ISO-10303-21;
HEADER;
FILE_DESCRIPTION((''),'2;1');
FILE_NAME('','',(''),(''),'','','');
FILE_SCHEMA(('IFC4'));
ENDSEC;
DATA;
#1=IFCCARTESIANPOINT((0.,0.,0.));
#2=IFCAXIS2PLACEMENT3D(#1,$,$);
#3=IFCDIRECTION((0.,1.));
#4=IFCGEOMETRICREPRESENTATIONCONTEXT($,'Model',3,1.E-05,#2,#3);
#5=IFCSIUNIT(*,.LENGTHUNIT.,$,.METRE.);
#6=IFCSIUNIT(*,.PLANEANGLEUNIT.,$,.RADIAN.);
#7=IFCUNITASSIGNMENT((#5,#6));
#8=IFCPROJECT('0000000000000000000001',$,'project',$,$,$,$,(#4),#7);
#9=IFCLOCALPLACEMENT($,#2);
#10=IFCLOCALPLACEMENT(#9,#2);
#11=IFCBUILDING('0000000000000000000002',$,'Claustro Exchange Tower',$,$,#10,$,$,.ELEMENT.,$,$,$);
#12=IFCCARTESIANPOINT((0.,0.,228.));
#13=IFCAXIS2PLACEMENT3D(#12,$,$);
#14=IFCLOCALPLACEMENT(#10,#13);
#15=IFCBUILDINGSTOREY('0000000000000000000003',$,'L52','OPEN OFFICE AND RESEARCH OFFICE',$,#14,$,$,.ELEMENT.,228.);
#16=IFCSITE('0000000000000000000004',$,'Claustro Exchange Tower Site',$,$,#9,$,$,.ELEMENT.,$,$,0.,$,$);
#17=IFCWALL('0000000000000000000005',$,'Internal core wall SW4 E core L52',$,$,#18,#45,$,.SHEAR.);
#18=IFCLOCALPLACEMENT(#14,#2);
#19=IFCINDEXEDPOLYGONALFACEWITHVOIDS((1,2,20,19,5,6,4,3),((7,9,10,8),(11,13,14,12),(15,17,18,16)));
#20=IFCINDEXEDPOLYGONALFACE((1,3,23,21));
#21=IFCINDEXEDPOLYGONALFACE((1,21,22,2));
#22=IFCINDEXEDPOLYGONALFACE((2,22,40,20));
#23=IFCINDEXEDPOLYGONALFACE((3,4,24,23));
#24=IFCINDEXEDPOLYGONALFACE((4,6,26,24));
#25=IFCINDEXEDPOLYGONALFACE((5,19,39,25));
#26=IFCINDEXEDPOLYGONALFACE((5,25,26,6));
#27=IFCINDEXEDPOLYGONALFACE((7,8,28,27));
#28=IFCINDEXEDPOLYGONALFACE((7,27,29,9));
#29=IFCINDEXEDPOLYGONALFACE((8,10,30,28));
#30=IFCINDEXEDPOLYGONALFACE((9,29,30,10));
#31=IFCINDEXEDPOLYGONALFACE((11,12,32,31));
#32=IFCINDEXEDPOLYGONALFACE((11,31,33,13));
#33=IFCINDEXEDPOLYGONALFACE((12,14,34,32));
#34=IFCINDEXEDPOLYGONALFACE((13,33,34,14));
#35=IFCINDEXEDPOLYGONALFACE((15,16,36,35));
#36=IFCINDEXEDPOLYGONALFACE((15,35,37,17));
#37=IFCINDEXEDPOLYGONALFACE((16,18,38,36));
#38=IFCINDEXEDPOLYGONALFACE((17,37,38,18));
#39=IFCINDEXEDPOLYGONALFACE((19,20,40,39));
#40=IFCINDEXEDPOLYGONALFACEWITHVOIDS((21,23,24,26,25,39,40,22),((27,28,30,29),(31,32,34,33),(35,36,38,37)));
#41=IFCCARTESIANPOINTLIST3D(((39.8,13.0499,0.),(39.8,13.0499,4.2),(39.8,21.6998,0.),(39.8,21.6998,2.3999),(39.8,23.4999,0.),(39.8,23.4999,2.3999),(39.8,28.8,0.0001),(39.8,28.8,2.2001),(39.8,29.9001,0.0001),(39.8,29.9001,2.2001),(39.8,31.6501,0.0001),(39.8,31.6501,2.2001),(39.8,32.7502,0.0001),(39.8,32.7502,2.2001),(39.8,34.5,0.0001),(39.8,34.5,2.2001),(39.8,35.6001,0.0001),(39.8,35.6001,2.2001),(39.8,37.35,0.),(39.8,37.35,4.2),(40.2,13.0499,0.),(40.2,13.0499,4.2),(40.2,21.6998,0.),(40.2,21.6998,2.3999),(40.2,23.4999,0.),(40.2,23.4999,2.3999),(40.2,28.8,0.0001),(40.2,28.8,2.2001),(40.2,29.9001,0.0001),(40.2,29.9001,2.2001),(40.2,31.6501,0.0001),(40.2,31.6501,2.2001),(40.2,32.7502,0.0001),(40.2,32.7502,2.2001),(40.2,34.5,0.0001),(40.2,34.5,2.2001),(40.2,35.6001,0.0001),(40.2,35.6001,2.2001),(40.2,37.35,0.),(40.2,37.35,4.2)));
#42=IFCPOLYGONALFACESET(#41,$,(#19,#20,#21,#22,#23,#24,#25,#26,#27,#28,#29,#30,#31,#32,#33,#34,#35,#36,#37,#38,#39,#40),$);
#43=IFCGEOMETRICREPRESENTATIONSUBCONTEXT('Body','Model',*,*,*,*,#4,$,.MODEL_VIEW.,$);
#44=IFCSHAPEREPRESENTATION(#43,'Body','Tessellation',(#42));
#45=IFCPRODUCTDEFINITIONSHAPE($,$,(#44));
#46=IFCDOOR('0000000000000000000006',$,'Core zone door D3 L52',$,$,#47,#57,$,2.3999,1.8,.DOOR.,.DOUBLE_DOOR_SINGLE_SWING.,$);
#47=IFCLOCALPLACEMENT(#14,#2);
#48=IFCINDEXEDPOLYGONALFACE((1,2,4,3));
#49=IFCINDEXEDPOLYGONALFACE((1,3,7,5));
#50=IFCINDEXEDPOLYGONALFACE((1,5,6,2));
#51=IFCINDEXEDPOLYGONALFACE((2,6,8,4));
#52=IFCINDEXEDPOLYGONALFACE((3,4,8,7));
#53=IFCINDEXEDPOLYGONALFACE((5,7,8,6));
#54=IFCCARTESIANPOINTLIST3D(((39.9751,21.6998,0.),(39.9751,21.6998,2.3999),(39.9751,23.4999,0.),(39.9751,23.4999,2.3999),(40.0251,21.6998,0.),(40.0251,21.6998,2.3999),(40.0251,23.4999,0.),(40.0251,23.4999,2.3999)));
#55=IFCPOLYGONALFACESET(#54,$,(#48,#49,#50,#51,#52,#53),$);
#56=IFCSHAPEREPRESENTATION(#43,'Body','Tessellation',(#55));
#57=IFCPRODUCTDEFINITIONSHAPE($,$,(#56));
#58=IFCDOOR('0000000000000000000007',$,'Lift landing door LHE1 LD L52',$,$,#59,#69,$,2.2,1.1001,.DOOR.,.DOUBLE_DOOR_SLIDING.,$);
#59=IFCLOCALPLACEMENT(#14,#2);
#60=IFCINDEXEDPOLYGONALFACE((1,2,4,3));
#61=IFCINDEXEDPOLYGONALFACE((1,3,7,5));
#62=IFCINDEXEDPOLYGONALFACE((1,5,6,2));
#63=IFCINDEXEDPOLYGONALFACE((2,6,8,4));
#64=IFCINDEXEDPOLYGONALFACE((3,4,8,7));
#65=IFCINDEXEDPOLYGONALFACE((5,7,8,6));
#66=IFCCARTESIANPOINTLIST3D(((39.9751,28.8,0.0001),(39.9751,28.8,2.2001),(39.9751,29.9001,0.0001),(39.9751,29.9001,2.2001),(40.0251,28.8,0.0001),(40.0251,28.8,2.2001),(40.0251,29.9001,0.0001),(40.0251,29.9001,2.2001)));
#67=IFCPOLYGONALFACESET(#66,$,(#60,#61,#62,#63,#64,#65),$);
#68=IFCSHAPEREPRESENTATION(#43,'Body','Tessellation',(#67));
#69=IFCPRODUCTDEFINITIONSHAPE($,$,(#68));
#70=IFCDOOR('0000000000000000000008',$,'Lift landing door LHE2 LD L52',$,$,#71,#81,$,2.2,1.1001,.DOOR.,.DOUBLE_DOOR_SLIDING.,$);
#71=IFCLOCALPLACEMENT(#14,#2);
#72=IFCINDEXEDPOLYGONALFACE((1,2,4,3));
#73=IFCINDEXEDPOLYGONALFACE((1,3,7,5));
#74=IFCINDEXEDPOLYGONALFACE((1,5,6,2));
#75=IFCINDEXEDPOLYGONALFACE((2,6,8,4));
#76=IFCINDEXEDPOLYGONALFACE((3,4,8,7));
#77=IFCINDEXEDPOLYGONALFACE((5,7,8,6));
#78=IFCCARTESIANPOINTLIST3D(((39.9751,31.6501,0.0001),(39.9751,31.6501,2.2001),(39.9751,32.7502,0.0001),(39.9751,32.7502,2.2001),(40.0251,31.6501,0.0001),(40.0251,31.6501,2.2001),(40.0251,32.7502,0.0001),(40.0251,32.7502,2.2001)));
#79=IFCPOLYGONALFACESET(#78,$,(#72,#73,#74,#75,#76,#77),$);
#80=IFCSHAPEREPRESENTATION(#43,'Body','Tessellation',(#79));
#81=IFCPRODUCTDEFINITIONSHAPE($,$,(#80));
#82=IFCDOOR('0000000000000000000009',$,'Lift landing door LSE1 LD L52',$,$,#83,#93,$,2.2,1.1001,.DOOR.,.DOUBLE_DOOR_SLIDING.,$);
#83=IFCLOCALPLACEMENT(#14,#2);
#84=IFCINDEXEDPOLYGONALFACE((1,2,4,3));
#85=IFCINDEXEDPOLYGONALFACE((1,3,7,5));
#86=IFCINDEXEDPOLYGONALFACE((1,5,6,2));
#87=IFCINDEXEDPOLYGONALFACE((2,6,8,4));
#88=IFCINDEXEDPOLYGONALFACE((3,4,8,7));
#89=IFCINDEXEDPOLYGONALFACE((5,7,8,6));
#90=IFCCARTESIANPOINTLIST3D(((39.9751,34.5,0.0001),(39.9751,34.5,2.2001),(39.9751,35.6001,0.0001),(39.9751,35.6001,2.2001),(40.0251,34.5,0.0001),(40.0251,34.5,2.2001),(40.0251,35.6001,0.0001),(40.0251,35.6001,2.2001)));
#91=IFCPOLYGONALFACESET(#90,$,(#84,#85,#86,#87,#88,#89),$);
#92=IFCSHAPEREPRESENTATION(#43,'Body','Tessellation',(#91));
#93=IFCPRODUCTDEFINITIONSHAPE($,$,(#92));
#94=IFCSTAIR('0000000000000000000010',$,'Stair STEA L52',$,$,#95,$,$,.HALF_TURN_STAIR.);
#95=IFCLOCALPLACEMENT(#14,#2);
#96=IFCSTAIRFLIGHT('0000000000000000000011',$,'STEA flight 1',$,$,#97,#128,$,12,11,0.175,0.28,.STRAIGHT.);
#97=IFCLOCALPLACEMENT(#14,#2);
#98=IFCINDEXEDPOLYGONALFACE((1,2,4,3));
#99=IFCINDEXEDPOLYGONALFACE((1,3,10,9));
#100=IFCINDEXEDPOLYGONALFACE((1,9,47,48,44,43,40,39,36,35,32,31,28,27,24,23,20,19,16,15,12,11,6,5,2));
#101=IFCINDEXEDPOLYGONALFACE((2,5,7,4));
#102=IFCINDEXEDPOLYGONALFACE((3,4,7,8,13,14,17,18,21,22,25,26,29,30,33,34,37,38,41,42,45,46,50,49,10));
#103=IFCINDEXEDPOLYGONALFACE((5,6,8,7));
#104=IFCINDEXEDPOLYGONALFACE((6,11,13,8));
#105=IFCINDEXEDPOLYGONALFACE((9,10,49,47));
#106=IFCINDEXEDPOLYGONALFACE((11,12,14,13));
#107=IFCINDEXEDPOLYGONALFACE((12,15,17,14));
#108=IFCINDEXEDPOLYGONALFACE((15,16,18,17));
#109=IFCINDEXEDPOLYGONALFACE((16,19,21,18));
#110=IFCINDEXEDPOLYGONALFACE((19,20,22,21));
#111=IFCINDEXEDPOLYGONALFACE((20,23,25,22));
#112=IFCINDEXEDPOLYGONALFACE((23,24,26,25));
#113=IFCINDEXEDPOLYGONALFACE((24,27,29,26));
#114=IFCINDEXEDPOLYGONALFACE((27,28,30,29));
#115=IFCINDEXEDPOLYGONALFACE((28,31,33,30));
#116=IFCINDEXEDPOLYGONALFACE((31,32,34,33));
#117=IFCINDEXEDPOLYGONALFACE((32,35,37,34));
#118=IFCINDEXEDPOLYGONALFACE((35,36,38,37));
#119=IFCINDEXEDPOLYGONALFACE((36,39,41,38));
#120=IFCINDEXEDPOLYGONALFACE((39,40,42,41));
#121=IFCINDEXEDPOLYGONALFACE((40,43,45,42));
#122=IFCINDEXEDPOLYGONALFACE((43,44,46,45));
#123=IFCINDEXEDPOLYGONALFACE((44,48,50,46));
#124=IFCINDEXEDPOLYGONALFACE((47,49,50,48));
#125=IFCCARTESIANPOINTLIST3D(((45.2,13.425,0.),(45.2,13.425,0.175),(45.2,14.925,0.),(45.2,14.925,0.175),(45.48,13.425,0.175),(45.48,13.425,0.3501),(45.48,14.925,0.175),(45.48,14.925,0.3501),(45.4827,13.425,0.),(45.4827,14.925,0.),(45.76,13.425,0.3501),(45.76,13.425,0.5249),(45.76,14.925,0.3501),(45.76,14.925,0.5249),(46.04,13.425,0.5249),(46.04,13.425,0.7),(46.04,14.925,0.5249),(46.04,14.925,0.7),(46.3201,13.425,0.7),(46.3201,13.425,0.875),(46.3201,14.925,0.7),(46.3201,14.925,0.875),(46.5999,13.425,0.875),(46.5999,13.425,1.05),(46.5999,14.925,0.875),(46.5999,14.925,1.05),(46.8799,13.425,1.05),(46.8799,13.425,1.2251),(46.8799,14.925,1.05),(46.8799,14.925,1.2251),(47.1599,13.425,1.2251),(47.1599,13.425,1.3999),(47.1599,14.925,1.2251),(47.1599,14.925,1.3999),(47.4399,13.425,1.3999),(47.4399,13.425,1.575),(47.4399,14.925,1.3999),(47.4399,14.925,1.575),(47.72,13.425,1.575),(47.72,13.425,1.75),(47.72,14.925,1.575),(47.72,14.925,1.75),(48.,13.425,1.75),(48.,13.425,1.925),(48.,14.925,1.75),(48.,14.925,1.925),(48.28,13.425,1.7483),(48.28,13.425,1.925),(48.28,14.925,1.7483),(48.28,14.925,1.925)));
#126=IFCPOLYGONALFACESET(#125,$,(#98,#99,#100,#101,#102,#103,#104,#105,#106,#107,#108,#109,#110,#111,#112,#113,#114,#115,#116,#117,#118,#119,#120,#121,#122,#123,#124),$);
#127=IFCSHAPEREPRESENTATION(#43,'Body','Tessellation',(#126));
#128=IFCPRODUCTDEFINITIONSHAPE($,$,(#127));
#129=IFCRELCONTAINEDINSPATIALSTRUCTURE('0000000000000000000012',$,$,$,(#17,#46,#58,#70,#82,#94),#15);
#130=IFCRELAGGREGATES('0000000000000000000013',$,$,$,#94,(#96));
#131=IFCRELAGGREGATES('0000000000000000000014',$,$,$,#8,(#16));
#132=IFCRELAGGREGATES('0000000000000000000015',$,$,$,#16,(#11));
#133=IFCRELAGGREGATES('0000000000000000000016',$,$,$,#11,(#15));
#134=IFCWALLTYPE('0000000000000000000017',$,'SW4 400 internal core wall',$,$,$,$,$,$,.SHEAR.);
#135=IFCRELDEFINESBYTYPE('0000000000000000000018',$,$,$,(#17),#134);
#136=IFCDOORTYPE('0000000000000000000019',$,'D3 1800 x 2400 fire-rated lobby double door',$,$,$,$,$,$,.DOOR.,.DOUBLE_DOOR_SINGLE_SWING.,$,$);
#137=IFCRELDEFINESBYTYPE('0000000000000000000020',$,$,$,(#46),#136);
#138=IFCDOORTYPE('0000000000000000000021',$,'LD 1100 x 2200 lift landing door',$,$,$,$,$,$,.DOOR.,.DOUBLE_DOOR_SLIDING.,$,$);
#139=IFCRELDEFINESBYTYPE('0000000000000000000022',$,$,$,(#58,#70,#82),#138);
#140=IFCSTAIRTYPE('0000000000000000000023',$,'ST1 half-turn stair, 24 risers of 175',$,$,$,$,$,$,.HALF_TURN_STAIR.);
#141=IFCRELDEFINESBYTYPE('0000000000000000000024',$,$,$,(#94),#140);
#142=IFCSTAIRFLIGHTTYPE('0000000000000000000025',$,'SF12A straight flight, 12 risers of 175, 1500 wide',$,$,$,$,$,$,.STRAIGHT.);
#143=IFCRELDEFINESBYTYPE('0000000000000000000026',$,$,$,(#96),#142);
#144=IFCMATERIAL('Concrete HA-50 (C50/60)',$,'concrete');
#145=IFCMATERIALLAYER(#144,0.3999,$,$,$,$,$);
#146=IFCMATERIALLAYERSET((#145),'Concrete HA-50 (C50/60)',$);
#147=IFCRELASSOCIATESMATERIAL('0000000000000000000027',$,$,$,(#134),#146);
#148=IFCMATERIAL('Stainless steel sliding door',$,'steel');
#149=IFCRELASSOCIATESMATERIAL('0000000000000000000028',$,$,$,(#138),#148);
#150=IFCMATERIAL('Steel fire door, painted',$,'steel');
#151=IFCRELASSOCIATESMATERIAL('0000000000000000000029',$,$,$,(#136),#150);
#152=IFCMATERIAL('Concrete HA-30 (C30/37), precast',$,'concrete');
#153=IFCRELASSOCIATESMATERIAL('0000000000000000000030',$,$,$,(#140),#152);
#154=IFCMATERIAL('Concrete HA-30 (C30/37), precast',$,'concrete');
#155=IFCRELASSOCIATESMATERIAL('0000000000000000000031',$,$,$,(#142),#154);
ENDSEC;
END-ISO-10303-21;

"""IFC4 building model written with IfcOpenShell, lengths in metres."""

from ifc_helpers import new_model, si_unit, direction, frame, frame_2d, origin, place, context, subcontext, project, spatial, polyline, rectangle, outline, extrude, material, layer, layer_set, type_object, element, fill, aggregate, save


model = new_model("IFC4")

# Units and contexts
model_context = context("Model", 3, precision=1e-05, world=origin(), true_north=direction((0.0, 1.0)))
body_context = subcontext(model_context, "Body", "Model", "MODEL_VIEW")
ifc_project = project(units=[si_unit("LENGTHUNIT", "METRE"), si_unit("PLANEANGLEUNIT", "RADIAN")], contexts=[model_context])

# Site, building, storey
site_placement = place(None, origin())
site = spatial("IfcSite", under=ifc_project, at=site_placement, Name="Claustro Exchange Tower Site", CompositionType="ELEMENT", RefElevation=0.0)
building_placement = place(site_placement, origin())
building = spatial("IfcBuilding", under=site, at=building_placement, Name="Claustro Exchange Tower", CompositionType="ELEMENT")
storey_placement = place(building_placement, frame((0.0, 0.0, 228.0)))
storey = spatial("IfcBuildingStorey", under=building, at=storey_placement, Name="L52", Description="OPEN OFFICE AND RESEARCH OFFICE", CompositionType="ELEMENT", Elevation=228.0)

# Wall, openings, doors
ifc_material_1 = material(Name="Concrete HA-50 (C50/60)", Category="concrete")
ifc_layer_1 = layer(ifc_material_1, 0.3999)
ifc_layer_set_1 = layer_set([ifc_layer_1], Name="Concrete HA-50 (C50/60)")
wall_type_1 = type_object("IfcWallType", Name="SW4 400 internal core wall", PredefinedType="SHEAR", material=ifc_layer_set_1)
ifc_material_2 = material(Name="Stainless steel sliding door", Category="steel")
door_type_1 = type_object("IfcDoorType", Name="LD 1100 x 2200 lift landing door", OperationType="DOUBLE_DOOR_SLIDING", PredefinedType="DOOR", material=ifc_material_2)
wall_1_placement = place(storey_placement, frame((40.0, 13.05, 0.0), z_axis=(0.0, 0.0, 1.0), x_axis=(0.0, 1.0, 0.0)))
wall_1 = element("IfcWall", 1, at=wall_1_placement, inside=storey, type_object=wall_type_1, Name="Internal core wall SW4 E core L52", PredefinedType="SHEAR", context=body_context, shape_type="SweptSolid", body=[
    extrude(rectangle(XDim=24.3, YDim=0.3999, at=frame_2d((12.1499, 0.0))), origin(), (0.0, 0.0, 1.0), 4.2),
])
opening_1_placement = place(wall_1_placement, frame((15.75, 0.0, 0.0)))
opening_1 = element("IfcOpeningElement", 2, at=opening_1_placement, cuts=wall_1, PredefinedType="OPENING", context=body_context, shape_type="SweptSolid", body=[
    extrude(rectangle(XDim=1.1001, YDim=2.2, at=frame_2d((0.55, 1.1001))), frame((0.0, 0.21, 0.0), z_axis=(0.0, -1.0, 0.0), x_axis=(1.0, 0.0, 0.0)), (0.0, 0.0, 1.0), 0.4199),
])
opening_2_placement = place(wall_1_placement, frame((18.6001, 0.0, 0.0)))
opening_2 = element("IfcOpeningElement", 3, at=opening_2_placement, cuts=wall_1, PredefinedType="OPENING", context=body_context, shape_type="SweptSolid", body=[
    extrude(rectangle(XDim=1.1001, YDim=2.2, at=frame_2d((0.55, 1.1001))), frame((0.0, 0.21, 0.0), z_axis=(0.0, -1.0, 0.0), x_axis=(1.0, 0.0, 0.0)), (0.0, 0.0, 1.0), 0.4199),
])
opening_3_placement = place(wall_1_placement, frame((21.45, 0.0, 0.0)))
opening_3 = element("IfcOpeningElement", 4, at=opening_3_placement, cuts=wall_1, PredefinedType="OPENING", context=body_context, shape_type="SweptSolid", body=[
    extrude(rectangle(XDim=1.1001, YDim=2.2, at=frame_2d((0.55, 1.1001))), frame((0.0, 0.21, 0.0), z_axis=(0.0, -1.0, 0.0), x_axis=(1.0, 0.0, 0.0)), (0.0, 0.0, 1.0), 0.4199),
])
opening_4_placement = place(wall_1_placement, frame((8.6499, 0.0, 0.0)))
opening_4 = element("IfcOpeningElement", 5, at=opening_4_placement, cuts=wall_1, PredefinedType="OPENING", context=body_context, shape_type="SweptSolid", body=[
    extrude(rectangle(XDim=1.8, YDim=2.3999, at=frame_2d((0.8999, 1.2))), frame((0.0, 0.21, 0.0), z_axis=(0.0, -1.0, 0.0), x_axis=(1.0, 0.0, 0.0)), (0.0, 0.0, 1.0), 0.4199),
])
ifc_material_3 = material(Name="Steel fire door, painted", Category="steel")
door_type_2 = type_object("IfcDoorType", Name="D3 1800 x 2400 fire-rated lobby double door", OperationType="DOUBLE_DOOR_SINGLE_SWING", PredefinedType="DOOR", material=ifc_material_3)
door_1_placement = place(opening_4_placement, origin())
door_1 = element("IfcDoor", 6, at=door_1_placement, inside=storey, type_object=door_type_2, Name="Core zone door D3 L52", OperationType="DOUBLE_DOOR_SINGLE_SWING", OverallHeight=2.3999, OverallWidth=1.8, PredefinedType="DOOR", context=body_context, shape_type="SweptSolid", body=[
    extrude(rectangle(XDim=1.8, YDim=2.3999, at=frame_2d((0.8999, 1.2))), frame((0.0, 0.0249, 0.0), z_axis=(0.0, -1.0, 0.0), x_axis=(1.0, 0.0, 0.0)), (0.0, 0.0, 1.0), 0.05),
])
fill(opening_4, door_1)
door_2_placement = place(opening_1_placement, origin())
door_2 = element("IfcDoor", 7, at=door_2_placement, inside=storey, type_object=door_type_1, Name="Lift landing door LHE1 LD L52", OperationType="DOUBLE_DOOR_SLIDING", OverallHeight=2.2, OverallWidth=1.1001, PredefinedType="DOOR", context=body_context, shape_type="SweptSolid", body=[
    extrude(rectangle(XDim=1.1001, YDim=2.2, at=frame_2d((0.55, 1.1001))), frame((0.0, 0.0249, 0.0), z_axis=(0.0, -1.0, 0.0), x_axis=(1.0, 0.0, 0.0)), (0.0, 0.0, 1.0), 0.05),
])
fill(opening_1, door_2)
door_3_placement = place(opening_2_placement, origin())
door_3 = element("IfcDoor", 8, at=door_3_placement, inside=storey, type_object=door_type_1, Name="Lift landing door LHE2 LD L52", OperationType="DOUBLE_DOOR_SLIDING", OverallHeight=2.2, OverallWidth=1.1001, PredefinedType="DOOR", context=body_context, shape_type="SweptSolid", body=[
    extrude(rectangle(XDim=1.1001, YDim=2.2, at=frame_2d((0.55, 1.1001))), frame((0.0, 0.0249, 0.0), z_axis=(0.0, -1.0, 0.0), x_axis=(1.0, 0.0, 0.0)), (0.0, 0.0, 1.0), 0.05),
])
fill(opening_2, door_3)
door_4_placement = place(opening_3_placement, origin())
door_4 = element("IfcDoor", 9, at=door_4_placement, inside=storey, type_object=door_type_1, Name="Lift landing door LSE1 LD L52", OperationType="DOUBLE_DOOR_SLIDING", OverallHeight=2.2, OverallWidth=1.1001, PredefinedType="DOOR", context=body_context, shape_type="SweptSolid", body=[
    extrude(rectangle(XDim=1.1001, YDim=2.2, at=frame_2d((0.55, 1.1001))), frame((0.0, 0.0249, 0.0), z_axis=(0.0, -1.0, 0.0), x_axis=(1.0, 0.0, 0.0)), (0.0, 0.0, 1.0), 0.05),
])
fill(opening_3, door_4)

# Stair, stair flight
ifc_material_4 = material(Name="Concrete HA-30 (C30/37), precast", Category="concrete")
stair_type = type_object("IfcStairType", Name="ST1 half-turn stair, 24 risers of 175", PredefinedType="HALF_TURN_STAIR", material=ifc_material_4)
stair_placement = place(storey_placement, origin())
stair = element("IfcStair", 10, at=stair_placement, inside=storey, type_object=stair_type, Name="Stair STEA L52", PredefinedType="HALF_TURN_STAIR")
ifc_material_5 = material(Name="Concrete HA-30 (C30/37), precast", Category="concrete")
stair_flight_type = type_object("IfcStairFlightType", Name="SF12A straight flight, 12 risers of 175, 1500 wide", PredefinedType="STRAIGHT", material=ifc_material_5)
stair_flight_placement = place(storey_placement, frame((45.2, 14.175, 0.0), z_axis=(0.0, 0.0, 1.0), x_axis=(1.0, 0.0, 0.0)))
stair_flight = element("IfcStairFlight", 11, at=stair_flight_placement, type_object=stair_flight_type, Name="STEA flight 1", NumberOfRisers=12, NumberOfTreads=11, PredefinedType="STRAIGHT", RiserHeight=0.175, TreadLength=0.28, context=body_context, shape_type="SweptSolid", body=[
    extrude(outline(polyline([(0.0, 0.0), (0.0, 0.175), (0.28, 0.175), (0.28, 0.3501), (0.5601, 0.3501), (0.5601, 0.5249), (0.8401, 0.5249), (0.8401, 0.7), (1.1201, 0.7), (1.1201, 0.875), (1.3999, 0.875), (1.3999, 1.05), (1.6799, 1.05), (1.6799, 1.2251), (1.96, 1.2251), (1.96, 1.3999), (2.24, 1.3999), (2.24, 1.575), (2.52, 1.575), (2.52, 1.75), (2.8, 1.75), (2.8, 1.925), (3.0801, 1.925), (3.0801, 2.1001), (3.0801, 1.7483), (0.2827, 0.0), (0.0, 0.0)])), frame((0.0, 0.75, 0.0), z_axis=(0.0, -1.0, 0.0), x_axis=(1.0, 0.0, 0.0)), (0.0, 0.0, 1.0), 1.5),
])
aggregate(stair, [stair_flight])

save(model, "model.ifc")
